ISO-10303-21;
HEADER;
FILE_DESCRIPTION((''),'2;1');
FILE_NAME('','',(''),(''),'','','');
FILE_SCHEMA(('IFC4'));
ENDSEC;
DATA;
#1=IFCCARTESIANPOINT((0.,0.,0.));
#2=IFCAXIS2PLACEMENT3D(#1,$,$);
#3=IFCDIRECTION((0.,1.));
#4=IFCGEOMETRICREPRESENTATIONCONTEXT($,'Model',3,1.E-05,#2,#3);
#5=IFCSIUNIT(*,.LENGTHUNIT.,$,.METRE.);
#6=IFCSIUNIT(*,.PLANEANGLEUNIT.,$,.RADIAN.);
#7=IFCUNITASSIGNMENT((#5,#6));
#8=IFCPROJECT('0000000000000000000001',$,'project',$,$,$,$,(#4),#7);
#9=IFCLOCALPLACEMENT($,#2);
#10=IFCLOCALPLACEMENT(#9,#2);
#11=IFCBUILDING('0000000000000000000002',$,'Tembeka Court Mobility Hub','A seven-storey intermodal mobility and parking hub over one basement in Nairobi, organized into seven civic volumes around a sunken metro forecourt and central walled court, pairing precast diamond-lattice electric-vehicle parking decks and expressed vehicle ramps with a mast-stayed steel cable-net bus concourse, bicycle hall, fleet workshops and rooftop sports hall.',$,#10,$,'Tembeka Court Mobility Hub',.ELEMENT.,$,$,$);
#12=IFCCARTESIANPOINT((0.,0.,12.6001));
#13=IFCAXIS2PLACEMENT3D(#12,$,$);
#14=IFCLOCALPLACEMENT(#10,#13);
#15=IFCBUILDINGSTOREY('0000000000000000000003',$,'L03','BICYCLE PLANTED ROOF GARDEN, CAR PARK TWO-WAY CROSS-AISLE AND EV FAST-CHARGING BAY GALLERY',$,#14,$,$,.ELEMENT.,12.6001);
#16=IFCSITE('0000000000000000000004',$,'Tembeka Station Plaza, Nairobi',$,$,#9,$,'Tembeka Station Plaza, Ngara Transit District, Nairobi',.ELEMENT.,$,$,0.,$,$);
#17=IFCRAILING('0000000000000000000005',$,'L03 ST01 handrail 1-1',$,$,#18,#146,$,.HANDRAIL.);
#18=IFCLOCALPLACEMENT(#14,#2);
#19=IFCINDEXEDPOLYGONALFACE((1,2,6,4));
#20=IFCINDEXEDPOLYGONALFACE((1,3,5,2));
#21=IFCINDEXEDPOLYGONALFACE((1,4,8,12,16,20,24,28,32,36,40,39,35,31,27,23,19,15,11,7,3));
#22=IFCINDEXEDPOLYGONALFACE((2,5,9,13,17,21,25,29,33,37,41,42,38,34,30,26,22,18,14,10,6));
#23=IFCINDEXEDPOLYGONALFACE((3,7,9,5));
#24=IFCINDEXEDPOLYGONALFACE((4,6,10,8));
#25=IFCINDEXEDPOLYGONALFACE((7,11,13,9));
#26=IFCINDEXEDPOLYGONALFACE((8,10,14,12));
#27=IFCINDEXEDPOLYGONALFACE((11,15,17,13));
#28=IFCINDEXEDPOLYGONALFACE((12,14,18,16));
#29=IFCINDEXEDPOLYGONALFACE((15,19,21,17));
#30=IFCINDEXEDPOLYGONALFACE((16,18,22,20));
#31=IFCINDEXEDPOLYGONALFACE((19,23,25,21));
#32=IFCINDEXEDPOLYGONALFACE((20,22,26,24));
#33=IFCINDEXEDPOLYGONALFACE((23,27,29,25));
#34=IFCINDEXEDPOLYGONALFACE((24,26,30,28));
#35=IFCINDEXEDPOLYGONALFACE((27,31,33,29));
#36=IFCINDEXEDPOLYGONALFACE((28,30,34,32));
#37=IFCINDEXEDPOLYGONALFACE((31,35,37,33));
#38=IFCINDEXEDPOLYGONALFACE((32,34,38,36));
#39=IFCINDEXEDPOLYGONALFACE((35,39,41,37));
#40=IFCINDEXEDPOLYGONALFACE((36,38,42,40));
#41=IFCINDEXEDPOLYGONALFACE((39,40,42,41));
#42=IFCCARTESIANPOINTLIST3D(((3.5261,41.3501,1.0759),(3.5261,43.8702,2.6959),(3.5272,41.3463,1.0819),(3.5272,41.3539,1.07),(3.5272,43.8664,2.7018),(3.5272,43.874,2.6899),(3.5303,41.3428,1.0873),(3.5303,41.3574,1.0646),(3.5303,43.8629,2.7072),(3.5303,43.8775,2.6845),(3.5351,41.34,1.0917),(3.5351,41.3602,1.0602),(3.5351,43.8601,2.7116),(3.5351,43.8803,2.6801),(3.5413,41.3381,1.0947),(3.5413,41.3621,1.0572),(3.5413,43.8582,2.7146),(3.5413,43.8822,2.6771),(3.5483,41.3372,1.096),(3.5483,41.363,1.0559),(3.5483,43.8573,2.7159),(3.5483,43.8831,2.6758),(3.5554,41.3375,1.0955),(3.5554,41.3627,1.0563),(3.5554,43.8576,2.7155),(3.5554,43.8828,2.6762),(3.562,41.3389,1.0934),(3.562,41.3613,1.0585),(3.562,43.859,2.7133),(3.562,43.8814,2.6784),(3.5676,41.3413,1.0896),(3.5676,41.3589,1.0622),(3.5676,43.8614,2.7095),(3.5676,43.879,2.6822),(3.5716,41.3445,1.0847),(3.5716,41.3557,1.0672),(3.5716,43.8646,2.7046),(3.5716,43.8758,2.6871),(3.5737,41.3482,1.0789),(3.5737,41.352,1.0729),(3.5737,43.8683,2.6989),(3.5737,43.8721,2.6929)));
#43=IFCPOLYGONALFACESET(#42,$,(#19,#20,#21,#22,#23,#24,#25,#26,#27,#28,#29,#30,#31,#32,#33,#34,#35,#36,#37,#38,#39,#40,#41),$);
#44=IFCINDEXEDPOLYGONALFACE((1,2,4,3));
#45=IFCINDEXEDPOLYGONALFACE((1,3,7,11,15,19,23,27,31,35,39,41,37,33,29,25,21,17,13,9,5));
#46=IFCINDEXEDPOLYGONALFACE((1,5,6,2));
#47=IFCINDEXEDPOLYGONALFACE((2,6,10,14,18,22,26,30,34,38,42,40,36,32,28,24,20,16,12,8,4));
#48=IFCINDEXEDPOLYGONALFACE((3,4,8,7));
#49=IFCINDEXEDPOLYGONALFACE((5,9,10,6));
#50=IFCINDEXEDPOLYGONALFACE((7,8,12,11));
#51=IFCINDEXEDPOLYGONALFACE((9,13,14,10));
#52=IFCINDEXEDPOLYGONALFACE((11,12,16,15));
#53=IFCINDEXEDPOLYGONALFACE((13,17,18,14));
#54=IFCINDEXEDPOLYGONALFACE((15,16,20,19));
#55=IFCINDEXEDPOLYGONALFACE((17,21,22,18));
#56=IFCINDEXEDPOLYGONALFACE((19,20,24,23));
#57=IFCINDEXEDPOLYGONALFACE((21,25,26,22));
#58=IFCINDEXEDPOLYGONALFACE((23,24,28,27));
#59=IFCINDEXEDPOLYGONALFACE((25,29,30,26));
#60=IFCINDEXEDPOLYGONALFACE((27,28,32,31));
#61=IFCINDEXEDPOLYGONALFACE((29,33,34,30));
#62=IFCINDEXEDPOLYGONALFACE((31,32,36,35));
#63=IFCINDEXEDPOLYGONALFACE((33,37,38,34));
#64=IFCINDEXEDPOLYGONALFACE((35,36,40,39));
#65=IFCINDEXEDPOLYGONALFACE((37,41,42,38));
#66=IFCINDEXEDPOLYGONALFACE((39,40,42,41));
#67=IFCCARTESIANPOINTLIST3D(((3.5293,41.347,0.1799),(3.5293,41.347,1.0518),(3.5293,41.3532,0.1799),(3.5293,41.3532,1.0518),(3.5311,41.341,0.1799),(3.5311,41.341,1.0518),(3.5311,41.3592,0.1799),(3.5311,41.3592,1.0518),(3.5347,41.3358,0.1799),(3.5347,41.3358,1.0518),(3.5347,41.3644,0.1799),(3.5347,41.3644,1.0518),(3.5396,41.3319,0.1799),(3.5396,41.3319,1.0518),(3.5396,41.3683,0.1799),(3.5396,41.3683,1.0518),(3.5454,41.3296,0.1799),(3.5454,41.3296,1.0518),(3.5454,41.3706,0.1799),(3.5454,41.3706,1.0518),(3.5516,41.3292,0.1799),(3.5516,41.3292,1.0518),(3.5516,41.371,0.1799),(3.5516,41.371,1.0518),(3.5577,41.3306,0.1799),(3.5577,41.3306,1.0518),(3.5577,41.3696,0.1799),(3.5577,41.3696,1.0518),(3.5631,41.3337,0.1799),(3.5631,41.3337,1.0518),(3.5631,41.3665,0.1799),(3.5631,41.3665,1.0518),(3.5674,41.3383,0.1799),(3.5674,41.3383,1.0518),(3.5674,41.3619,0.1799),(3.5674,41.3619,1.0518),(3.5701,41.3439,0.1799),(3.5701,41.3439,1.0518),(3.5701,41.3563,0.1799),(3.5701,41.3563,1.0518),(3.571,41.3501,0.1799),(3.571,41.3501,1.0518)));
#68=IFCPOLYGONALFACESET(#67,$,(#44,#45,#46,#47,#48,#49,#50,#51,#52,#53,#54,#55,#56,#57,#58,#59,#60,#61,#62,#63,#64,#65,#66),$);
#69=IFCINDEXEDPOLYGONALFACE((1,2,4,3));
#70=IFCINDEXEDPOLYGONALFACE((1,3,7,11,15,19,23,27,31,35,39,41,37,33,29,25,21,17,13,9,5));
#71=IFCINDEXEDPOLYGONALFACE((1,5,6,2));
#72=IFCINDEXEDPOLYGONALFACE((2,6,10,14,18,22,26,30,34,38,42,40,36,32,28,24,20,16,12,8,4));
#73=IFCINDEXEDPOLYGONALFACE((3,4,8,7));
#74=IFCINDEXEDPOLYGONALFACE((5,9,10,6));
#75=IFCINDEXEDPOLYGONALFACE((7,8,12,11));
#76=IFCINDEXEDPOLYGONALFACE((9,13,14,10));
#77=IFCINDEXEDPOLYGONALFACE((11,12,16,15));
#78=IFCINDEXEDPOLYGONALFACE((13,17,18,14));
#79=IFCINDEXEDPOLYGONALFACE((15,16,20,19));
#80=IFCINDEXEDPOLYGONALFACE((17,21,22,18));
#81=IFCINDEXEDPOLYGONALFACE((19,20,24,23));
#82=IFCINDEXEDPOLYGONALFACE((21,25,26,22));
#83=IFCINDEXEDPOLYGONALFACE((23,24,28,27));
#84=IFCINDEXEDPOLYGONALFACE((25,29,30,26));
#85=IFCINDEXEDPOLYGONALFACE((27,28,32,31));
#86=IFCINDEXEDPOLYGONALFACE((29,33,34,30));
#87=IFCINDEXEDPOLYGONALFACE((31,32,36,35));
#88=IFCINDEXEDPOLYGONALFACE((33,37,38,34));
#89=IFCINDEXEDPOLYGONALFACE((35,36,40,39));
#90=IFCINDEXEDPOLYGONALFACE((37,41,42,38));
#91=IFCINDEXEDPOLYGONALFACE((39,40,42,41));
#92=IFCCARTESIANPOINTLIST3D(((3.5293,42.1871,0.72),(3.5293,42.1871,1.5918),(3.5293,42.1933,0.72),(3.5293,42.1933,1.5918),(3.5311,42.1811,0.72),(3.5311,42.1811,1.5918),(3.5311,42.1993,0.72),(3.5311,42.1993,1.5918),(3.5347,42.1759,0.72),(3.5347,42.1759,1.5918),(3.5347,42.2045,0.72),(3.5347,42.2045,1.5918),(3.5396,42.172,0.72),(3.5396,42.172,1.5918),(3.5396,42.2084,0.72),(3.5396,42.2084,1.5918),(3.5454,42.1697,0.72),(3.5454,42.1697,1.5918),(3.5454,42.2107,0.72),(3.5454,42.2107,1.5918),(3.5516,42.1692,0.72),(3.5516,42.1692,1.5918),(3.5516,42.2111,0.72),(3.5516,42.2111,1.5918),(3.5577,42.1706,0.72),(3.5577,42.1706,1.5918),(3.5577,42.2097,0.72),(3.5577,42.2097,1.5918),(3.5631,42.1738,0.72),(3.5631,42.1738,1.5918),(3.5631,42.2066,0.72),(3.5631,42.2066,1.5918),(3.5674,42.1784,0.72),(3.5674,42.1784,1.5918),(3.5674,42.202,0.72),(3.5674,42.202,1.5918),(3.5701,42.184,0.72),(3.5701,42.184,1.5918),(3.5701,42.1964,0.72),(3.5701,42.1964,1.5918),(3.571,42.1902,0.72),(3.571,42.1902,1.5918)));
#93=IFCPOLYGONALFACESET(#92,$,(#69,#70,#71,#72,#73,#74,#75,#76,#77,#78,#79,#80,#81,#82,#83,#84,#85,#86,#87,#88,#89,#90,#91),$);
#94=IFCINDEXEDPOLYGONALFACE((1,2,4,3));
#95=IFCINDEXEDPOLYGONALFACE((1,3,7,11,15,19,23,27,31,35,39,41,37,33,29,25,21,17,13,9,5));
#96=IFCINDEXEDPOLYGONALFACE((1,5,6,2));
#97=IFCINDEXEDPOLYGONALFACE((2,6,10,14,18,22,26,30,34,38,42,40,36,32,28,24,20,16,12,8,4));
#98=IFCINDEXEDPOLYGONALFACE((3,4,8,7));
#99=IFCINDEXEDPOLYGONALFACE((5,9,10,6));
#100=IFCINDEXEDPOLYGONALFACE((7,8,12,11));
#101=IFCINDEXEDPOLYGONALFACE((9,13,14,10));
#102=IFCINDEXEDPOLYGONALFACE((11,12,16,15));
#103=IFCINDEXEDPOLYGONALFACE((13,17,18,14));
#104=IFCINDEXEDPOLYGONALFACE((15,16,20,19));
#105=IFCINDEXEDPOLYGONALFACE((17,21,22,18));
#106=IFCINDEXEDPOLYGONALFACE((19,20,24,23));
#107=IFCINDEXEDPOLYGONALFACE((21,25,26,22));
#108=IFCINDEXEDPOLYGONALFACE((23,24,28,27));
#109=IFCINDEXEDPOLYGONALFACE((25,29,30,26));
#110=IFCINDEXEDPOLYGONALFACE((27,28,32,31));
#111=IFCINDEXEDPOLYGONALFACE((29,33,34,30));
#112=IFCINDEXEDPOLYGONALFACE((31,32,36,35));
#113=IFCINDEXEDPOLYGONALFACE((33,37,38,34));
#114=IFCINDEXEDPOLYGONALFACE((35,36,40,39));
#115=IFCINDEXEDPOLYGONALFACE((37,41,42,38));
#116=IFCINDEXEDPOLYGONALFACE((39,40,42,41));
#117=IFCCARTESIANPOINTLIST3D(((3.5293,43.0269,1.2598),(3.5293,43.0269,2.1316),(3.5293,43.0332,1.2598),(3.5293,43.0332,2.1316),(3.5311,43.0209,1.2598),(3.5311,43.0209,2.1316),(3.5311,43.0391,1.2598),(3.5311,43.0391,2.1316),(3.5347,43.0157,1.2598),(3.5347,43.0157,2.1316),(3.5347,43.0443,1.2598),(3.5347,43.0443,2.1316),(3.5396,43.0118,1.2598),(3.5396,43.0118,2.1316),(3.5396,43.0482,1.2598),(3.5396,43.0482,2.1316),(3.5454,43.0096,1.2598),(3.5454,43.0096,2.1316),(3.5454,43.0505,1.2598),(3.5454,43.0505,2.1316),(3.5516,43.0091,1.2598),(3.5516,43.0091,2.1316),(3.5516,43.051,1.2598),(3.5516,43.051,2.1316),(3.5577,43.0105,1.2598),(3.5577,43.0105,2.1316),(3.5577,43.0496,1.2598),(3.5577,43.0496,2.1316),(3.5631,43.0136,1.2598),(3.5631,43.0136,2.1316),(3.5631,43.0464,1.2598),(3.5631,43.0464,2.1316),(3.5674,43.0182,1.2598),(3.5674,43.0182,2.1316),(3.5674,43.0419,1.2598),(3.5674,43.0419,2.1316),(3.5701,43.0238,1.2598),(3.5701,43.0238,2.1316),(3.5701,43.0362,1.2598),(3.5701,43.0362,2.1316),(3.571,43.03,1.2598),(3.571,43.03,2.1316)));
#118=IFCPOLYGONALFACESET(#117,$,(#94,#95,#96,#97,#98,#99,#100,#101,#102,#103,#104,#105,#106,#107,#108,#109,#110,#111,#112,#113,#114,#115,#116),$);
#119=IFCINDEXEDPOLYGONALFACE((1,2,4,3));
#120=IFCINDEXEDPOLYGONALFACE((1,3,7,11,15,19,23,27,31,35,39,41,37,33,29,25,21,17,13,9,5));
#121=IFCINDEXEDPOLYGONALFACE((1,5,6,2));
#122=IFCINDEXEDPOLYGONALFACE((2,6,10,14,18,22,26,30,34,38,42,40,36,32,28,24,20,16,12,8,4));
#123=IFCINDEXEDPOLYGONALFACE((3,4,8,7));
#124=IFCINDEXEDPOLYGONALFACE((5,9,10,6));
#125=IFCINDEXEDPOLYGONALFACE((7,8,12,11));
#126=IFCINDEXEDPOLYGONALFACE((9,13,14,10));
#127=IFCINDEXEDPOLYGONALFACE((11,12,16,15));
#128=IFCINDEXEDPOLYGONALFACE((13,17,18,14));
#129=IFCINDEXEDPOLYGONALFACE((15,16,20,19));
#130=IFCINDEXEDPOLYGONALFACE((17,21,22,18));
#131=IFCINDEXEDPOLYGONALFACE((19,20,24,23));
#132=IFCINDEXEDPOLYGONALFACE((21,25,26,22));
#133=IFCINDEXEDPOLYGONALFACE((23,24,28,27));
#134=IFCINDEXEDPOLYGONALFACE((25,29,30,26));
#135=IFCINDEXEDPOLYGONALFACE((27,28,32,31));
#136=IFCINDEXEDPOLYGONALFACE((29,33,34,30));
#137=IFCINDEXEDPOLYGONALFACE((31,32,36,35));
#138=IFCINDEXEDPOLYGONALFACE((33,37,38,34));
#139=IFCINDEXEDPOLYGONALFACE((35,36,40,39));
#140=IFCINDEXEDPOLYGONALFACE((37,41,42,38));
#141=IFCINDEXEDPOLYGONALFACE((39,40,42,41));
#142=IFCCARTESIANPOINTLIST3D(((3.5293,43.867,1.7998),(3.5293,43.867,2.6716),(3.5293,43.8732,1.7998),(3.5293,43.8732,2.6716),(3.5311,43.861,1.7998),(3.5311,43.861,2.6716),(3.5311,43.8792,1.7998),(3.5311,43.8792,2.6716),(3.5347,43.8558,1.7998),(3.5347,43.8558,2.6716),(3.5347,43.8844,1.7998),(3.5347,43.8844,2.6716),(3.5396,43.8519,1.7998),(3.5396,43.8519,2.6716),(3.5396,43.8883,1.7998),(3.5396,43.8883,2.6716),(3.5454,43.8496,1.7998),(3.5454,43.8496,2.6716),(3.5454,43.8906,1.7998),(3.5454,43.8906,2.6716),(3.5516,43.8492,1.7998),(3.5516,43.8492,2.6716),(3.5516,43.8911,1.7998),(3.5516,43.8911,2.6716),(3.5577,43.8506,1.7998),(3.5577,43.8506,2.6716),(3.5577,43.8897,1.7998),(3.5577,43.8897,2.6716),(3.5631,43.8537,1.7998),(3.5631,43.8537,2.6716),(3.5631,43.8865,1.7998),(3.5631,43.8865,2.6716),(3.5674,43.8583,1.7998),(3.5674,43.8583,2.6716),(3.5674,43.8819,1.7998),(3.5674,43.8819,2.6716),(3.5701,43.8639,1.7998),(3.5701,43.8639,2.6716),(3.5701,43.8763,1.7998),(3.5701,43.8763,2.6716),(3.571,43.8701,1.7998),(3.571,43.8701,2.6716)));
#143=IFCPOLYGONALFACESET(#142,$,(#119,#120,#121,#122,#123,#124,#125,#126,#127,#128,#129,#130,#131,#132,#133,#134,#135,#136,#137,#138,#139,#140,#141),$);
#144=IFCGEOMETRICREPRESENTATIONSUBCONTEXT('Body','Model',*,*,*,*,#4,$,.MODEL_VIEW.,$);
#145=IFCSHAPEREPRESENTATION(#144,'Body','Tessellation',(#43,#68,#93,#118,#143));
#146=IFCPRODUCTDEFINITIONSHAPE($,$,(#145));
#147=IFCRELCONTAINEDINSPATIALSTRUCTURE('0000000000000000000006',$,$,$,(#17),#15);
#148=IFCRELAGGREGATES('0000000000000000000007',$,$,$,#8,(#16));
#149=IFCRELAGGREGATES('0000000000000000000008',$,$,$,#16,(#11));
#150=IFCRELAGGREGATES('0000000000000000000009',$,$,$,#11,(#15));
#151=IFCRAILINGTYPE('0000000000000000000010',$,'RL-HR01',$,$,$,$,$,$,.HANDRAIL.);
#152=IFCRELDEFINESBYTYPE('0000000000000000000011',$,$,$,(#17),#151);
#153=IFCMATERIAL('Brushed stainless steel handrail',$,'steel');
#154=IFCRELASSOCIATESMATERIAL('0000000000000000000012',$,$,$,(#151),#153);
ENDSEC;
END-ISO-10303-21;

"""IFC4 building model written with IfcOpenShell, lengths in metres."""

from ifc_helpers import new_model, si_unit, direction, frame, origin, origin_2d, place, context, subcontext, project, spatial, circle, extrude, material, type_object, element, save


model = new_model("IFC4")

# Units and contexts
model_context = context("Model", 3, precision=1e-05, world=origin(), true_north=direction((0.0, 1.0)))
body_context = subcontext(model_context, "Body", "Model", "MODEL_VIEW")
ifc_project = project(units=[si_unit("LENGTHUNIT", "METRE"), si_unit("PLANEANGLEUNIT", "RADIAN")], contexts=[model_context])

# Site, building, storey
site_placement = place(None, origin())
site = spatial("IfcSite", under=ifc_project, at=site_placement, Name="Tembeka Station Plaza, Nairobi", LongName="Tembeka Station Plaza, Ngara Transit District, Nairobi", CompositionType="ELEMENT", RefElevation=0.0)
building_placement = place(site_placement, origin())
building = spatial("IfcBuilding", under=site, at=building_placement, Name="Tembeka Court Mobility Hub", Description="A seven-storey intermodal mobility and parking hub over one basement in Nairobi, organized into seven civic volumes around a sunken metro forecourt and central walled court, pairing precast diamond-lattice electric-vehicle parking decks and expressed vehicle ramps with a mast-stayed steel cable-net bus concourse, bicycle hall, fleet workshops and rooftop sports hall.", LongName="Tembeka Court Mobility Hub", CompositionType="ELEMENT")
storey_placement = place(building_placement, frame((0.0, 0.0, 12.6001)))
storey = spatial("IfcBuildingStorey", under=building, at=storey_placement, Name="L03", Description="BICYCLE PLANTED ROOF GARDEN, CAR PARK TWO-WAY CROSS-AISLE AND EV FAST-CHARGING BAY GALLERY", CompositionType="ELEMENT", Elevation=12.6001)

# Railing
ifc_material_1 = material(Name="Brushed stainless steel handrail", Category="steel")
railing_type_1 = type_object("IfcRailingType", Name="RL-HR01", PredefinedType="HANDRAIL", material=ifc_material_1)
railing_1_placement = place(storey_placement, frame((3.55, 41.3501, 0.1799)))
element("IfcRailing", 1, at=railing_1_placement, inside=storey, type_object=railing_type_1, Name="L03 ST01 handrail 1-1", PredefinedType="HANDRAIL", context=body_context, shape_type="SweptSolid", body=[
    extrude(circle(Radius=0.0239, at=origin_2d()), frame((0.0, 0.0, 0.896), z_axis=(0.0, 0.8412, 0.540725), x_axis=(-1.0, 0.0, 0.0)), (0.0, 0.0, 1.0), 2.9958),
    extrude(circle(Radius=0.021, at=origin_2d()), origin(), (0.0, 0.0, 1.0), 0.8718),
    extrude(circle(Radius=0.021, at=origin_2d()), frame((0.0, 0.8401, 0.54)), (0.0, 0.0, 1.0), 0.8718),
    extrude(circle(Radius=0.021, at=origin_2d()), frame((0.0, 1.6799, 1.0798)), (0.0, 0.0, 1.0), 0.8718),
    extrude(circle(Radius=0.021, at=origin_2d()), frame((0.0, 2.52, 1.6199)), (0.0, 0.0, 1.0), 0.8718),
])

save(model, "model.ifc")
